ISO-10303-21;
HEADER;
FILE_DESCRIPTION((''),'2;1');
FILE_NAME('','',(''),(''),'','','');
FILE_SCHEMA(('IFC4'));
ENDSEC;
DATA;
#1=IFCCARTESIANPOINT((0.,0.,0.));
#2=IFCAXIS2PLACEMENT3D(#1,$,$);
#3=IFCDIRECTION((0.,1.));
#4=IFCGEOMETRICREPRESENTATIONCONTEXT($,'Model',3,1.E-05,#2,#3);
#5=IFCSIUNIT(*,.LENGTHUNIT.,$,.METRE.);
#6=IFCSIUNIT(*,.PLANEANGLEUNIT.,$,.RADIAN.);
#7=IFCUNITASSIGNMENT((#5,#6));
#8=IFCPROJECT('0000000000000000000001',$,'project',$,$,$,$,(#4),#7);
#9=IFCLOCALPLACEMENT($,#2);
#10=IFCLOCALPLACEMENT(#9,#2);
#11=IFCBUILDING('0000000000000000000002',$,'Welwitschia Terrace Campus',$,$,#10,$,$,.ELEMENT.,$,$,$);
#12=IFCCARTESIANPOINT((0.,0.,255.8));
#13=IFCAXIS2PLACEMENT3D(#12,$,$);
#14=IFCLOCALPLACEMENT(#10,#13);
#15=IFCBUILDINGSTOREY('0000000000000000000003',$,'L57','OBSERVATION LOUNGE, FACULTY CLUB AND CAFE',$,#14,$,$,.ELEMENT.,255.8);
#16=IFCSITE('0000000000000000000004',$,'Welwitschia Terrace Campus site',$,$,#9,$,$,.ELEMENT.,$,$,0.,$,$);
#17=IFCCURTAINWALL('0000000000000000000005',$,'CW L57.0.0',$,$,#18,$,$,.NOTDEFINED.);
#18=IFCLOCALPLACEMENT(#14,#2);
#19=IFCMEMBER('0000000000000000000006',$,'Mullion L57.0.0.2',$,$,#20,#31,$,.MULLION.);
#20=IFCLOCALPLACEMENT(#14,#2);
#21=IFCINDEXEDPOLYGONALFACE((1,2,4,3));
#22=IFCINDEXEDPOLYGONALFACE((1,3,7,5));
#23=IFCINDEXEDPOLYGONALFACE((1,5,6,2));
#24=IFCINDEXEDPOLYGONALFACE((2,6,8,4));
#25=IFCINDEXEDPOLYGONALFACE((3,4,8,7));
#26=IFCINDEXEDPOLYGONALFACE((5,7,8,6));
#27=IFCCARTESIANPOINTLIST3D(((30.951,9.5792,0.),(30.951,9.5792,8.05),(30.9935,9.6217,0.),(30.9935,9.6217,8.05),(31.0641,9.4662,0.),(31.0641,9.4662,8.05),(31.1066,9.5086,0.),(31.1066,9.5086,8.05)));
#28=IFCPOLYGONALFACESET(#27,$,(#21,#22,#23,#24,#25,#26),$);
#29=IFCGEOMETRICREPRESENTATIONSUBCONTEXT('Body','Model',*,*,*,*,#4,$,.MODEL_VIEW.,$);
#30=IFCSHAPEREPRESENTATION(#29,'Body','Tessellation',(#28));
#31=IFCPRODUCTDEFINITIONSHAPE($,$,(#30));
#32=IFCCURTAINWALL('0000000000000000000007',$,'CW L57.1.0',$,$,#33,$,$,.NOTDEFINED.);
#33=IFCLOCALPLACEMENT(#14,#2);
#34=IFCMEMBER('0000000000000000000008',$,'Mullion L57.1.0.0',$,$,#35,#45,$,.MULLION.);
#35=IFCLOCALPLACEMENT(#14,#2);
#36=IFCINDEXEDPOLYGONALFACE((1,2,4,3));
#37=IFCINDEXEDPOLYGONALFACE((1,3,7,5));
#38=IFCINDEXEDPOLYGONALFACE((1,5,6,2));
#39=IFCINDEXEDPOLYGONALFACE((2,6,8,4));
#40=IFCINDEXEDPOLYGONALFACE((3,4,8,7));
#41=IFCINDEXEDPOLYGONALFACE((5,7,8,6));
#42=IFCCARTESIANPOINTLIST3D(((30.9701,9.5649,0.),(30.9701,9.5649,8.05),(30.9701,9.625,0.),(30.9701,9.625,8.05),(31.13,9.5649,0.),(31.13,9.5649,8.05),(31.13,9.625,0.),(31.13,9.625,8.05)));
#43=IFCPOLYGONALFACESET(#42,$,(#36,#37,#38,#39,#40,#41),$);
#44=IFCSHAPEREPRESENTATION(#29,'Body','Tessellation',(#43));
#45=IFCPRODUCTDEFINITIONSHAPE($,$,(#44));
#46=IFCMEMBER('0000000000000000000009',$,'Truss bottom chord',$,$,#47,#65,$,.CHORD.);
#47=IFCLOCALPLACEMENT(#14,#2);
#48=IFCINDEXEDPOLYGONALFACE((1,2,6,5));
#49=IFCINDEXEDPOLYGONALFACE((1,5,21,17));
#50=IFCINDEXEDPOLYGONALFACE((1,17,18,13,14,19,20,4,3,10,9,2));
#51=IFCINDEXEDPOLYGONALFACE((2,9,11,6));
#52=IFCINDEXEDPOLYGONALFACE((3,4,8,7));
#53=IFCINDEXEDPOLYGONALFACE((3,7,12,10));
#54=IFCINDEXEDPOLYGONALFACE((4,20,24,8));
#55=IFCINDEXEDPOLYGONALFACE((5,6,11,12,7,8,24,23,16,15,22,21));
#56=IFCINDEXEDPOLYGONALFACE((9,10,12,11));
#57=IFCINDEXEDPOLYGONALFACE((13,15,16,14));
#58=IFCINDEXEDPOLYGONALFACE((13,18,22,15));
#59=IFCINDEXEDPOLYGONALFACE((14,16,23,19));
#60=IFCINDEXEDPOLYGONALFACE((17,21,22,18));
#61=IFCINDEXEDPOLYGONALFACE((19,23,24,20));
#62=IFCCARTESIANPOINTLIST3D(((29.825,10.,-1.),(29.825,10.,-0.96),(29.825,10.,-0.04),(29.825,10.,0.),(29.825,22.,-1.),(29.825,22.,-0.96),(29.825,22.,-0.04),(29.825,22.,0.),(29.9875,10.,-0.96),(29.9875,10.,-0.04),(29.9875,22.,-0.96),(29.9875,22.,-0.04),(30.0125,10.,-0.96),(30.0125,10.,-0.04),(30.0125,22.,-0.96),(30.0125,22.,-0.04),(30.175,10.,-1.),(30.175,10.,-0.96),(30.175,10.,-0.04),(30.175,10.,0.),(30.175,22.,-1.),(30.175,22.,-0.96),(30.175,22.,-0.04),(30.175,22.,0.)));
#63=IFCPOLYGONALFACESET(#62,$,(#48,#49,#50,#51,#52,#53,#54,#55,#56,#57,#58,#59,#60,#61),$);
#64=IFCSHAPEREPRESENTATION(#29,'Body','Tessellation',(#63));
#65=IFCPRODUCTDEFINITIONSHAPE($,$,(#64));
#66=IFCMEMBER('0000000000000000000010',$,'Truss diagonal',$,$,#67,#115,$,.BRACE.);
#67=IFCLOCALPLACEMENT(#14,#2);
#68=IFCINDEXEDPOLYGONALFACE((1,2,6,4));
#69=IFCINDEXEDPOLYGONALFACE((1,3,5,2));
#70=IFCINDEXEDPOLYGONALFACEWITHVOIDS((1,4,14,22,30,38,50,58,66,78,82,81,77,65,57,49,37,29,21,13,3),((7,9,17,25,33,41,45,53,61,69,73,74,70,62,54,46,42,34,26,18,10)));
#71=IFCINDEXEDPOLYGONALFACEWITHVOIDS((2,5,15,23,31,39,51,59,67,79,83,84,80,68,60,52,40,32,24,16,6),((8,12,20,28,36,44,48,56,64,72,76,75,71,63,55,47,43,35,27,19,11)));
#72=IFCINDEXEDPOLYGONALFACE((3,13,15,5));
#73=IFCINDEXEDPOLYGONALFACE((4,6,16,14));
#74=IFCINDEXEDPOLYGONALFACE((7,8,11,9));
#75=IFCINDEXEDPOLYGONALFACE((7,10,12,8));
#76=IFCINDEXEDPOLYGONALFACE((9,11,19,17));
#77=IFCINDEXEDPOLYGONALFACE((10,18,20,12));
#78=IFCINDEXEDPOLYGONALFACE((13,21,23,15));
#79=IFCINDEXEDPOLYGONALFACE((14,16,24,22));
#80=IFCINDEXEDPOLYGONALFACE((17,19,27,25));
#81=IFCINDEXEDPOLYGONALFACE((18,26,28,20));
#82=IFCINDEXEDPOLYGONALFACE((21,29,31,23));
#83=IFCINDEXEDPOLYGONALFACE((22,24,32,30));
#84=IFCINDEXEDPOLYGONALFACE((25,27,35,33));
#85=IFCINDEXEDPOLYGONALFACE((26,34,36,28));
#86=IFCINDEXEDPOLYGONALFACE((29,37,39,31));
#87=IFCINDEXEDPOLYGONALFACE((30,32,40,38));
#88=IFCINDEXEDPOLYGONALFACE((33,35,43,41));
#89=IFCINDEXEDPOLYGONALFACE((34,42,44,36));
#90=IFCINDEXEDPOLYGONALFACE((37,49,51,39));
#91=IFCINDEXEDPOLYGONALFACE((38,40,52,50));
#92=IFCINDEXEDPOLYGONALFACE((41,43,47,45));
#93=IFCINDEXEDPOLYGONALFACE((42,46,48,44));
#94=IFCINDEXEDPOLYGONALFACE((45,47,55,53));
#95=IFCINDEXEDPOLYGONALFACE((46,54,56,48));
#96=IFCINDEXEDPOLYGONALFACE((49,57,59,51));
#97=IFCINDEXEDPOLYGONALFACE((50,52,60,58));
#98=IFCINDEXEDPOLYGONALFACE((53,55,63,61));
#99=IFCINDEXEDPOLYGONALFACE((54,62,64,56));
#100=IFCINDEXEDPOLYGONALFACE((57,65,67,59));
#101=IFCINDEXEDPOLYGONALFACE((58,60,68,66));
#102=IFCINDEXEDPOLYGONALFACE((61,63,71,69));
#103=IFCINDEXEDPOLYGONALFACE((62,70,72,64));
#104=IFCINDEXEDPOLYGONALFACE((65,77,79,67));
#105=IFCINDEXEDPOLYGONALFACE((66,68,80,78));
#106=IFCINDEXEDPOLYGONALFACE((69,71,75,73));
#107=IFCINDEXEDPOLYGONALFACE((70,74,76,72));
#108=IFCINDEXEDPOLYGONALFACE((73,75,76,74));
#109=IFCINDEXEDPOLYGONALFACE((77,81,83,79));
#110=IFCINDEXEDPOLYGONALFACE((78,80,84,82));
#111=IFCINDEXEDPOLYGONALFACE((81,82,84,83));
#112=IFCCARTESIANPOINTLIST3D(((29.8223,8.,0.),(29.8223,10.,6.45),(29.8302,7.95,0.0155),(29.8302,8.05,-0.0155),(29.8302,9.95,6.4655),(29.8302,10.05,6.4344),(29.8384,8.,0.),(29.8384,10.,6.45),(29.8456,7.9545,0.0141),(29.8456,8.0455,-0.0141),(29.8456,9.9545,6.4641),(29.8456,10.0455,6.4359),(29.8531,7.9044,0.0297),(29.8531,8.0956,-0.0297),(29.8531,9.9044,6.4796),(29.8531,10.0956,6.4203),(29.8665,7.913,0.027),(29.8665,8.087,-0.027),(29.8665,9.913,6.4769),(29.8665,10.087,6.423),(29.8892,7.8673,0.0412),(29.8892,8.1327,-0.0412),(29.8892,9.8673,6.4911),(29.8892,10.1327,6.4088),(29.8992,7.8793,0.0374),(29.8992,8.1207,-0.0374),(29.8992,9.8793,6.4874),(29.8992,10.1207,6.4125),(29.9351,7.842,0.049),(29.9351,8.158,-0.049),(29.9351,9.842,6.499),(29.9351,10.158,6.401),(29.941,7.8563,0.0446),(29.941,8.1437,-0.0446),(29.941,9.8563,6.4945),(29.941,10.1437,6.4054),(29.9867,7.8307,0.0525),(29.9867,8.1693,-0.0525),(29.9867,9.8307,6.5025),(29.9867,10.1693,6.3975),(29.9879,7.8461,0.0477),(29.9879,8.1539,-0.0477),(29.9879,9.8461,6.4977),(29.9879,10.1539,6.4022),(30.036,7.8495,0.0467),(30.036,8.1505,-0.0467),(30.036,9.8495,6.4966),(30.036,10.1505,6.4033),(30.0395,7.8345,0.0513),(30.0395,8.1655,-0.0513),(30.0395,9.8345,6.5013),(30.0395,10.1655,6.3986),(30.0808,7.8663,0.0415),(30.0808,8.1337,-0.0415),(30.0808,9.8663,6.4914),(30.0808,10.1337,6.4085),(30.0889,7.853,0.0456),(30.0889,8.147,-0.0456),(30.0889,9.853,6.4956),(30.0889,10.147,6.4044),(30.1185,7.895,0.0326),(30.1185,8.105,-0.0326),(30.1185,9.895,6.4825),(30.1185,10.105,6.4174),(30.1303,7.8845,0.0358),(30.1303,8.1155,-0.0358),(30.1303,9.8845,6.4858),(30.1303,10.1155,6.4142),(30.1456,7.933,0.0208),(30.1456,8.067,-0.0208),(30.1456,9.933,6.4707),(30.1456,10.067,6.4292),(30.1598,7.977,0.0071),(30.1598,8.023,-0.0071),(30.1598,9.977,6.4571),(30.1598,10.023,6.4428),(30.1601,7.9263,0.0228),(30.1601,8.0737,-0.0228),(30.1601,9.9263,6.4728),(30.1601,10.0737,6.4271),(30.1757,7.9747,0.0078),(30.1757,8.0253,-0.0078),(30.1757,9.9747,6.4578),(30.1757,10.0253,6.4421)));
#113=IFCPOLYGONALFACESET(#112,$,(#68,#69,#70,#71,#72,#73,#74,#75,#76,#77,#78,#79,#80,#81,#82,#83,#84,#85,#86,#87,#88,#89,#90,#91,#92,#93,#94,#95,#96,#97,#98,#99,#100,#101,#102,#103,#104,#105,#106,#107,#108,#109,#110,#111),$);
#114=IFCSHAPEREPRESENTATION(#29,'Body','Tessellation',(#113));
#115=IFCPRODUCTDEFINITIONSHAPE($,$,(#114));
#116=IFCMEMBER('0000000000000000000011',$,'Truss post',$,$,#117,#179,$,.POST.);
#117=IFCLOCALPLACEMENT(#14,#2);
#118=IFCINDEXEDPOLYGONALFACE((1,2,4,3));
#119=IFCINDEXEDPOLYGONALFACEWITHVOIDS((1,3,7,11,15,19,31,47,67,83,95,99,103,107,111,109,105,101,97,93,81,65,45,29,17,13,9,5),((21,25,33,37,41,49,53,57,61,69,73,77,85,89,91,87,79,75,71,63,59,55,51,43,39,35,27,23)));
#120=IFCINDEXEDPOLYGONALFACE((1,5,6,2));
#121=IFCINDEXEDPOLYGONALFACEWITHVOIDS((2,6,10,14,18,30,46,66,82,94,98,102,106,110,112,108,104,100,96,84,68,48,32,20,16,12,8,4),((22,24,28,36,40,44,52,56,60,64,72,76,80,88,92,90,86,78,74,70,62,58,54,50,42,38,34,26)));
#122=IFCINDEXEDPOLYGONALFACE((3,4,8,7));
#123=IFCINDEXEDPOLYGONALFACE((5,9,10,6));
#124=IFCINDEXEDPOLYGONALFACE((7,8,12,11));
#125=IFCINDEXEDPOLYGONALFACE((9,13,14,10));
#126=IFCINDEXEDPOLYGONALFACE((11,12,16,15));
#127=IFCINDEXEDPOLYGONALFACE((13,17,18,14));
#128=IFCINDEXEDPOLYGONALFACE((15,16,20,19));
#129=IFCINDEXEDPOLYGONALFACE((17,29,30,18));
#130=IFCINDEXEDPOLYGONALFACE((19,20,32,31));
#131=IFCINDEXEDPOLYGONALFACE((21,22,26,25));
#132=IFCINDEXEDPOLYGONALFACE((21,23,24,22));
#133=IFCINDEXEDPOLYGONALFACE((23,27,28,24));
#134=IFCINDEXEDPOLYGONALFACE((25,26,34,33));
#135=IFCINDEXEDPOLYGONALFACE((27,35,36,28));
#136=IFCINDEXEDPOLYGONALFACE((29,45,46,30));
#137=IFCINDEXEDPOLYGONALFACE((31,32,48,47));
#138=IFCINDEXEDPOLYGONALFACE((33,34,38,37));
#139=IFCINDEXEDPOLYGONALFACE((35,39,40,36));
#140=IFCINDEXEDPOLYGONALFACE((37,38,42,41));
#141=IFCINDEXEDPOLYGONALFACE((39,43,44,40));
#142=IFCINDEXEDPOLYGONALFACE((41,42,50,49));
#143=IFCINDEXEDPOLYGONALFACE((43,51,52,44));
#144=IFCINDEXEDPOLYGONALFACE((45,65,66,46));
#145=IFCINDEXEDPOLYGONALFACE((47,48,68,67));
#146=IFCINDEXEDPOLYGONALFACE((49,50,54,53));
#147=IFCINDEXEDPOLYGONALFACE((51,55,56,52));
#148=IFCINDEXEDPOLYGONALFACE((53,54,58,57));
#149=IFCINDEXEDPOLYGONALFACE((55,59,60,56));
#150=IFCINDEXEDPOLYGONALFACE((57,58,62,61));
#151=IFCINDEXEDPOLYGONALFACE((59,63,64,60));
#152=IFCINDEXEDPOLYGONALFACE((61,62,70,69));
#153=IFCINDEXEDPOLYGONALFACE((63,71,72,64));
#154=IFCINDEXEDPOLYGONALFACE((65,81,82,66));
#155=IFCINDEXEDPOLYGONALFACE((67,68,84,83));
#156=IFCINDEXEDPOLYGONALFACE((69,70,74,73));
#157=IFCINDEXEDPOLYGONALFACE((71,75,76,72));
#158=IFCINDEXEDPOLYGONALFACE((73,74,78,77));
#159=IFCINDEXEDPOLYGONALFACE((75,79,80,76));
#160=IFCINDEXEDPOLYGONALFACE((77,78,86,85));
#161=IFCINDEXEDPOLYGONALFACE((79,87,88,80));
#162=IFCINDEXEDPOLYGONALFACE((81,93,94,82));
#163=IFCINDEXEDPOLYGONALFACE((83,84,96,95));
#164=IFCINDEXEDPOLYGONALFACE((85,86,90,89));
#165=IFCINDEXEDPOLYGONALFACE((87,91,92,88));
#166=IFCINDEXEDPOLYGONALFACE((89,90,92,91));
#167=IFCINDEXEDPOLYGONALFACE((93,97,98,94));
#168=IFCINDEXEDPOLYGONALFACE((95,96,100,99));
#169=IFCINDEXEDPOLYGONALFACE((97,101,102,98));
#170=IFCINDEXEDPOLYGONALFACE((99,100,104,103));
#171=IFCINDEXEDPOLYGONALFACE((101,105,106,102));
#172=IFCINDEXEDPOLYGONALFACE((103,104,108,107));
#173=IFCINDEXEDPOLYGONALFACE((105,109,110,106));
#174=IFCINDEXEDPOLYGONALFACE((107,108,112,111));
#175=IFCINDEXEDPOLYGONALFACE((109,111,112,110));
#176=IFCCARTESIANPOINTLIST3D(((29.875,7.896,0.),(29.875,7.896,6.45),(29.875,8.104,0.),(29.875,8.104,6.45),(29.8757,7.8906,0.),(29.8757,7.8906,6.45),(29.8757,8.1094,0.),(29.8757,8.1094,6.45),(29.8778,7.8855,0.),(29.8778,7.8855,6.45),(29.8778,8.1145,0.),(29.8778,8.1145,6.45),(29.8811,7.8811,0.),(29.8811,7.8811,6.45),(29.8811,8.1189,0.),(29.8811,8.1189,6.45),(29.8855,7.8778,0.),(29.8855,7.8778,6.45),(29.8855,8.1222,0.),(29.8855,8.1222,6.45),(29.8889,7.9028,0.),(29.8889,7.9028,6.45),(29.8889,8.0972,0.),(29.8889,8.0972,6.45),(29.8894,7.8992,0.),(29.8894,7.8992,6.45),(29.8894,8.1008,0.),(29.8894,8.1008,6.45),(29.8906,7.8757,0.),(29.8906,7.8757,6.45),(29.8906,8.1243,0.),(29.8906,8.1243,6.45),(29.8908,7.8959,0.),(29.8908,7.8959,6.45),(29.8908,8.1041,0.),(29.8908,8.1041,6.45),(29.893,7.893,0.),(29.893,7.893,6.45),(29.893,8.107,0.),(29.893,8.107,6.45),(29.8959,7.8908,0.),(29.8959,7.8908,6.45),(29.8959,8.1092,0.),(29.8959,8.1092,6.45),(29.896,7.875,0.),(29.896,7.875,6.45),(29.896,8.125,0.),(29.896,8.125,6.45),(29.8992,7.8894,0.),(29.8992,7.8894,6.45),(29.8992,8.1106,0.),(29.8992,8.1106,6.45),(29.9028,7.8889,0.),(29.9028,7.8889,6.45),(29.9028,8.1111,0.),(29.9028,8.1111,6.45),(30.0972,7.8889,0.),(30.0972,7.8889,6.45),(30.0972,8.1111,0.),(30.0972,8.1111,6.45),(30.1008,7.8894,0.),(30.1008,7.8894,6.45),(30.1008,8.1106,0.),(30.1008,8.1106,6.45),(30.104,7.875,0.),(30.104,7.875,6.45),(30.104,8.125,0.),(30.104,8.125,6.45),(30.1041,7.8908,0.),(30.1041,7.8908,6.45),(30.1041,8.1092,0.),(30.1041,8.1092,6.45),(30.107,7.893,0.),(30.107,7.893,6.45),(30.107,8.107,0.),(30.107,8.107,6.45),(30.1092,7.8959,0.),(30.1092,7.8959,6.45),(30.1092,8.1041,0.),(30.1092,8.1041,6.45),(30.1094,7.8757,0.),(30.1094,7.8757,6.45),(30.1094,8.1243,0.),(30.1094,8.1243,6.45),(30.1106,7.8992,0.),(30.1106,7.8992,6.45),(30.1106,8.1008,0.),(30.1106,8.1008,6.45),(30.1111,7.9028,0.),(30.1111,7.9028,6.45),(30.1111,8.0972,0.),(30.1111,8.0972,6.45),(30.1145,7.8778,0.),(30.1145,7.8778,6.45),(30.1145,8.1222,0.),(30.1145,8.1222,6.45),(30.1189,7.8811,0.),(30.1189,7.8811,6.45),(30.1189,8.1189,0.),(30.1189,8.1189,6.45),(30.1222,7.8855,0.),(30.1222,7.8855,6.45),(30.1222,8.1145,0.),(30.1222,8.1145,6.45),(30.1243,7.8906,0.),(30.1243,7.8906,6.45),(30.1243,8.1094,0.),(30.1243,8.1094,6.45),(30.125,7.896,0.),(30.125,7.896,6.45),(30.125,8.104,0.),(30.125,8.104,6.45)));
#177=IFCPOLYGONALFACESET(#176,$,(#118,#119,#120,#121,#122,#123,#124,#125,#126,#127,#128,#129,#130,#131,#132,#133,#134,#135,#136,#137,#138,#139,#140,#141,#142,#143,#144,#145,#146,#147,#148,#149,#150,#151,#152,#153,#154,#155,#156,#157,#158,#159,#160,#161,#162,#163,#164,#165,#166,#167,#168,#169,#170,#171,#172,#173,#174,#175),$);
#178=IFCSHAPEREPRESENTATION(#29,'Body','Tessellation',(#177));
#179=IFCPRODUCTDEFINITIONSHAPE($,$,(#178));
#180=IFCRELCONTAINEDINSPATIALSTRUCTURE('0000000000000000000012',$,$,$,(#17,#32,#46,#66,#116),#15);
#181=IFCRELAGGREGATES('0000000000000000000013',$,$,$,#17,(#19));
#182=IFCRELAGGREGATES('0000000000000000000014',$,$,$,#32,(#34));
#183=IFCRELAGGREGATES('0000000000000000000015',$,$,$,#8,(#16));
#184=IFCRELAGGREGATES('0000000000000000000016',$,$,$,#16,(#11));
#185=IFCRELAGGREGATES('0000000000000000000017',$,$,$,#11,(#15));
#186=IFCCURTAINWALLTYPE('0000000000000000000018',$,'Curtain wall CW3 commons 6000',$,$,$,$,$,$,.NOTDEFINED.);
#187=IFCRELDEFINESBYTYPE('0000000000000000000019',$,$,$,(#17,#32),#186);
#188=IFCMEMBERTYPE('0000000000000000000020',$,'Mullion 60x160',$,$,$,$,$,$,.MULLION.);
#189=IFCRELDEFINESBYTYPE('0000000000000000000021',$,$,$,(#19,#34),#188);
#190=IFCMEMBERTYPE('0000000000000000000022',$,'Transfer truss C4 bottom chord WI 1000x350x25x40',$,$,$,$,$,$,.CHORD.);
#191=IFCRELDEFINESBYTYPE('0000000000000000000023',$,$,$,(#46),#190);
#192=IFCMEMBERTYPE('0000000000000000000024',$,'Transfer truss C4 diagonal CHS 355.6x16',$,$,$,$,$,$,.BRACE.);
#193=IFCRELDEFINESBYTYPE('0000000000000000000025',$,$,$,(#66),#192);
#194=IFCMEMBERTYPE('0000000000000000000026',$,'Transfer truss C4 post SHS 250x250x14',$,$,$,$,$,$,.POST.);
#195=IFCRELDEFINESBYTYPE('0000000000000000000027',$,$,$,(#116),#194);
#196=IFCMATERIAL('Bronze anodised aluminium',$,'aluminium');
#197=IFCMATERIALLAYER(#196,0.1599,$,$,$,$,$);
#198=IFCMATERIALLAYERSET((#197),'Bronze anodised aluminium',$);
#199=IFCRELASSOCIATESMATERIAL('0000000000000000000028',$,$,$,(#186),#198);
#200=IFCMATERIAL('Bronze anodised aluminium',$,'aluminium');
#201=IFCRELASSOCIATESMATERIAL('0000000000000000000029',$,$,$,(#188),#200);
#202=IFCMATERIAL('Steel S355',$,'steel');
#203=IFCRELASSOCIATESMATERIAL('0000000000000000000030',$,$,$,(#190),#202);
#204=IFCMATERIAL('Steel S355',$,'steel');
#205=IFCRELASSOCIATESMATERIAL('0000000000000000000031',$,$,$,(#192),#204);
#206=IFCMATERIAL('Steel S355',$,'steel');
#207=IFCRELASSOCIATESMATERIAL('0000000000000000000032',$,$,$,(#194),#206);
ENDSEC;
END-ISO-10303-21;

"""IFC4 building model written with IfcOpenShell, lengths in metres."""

from ifc_helpers import new_model, si_unit, direction, frame, origin, origin_2d, place, context, subcontext, project, spatial, rectangle, hollow_rectangle, hollow_circle, i_section, extrude, material, layer, layer_set, material_profile, profile_set, type_object, element, aggregate, save


model = new_model("IFC4")

# Units and contexts
model_context = context("Model", 3, precision=1e-05, world=origin(), true_north=direction((0.0, 1.0)))
body_context = subcontext(model_context, "Body", "Model", "MODEL_VIEW")
ifc_project = project(units=[si_unit("LENGTHUNIT", "METRE"), si_unit("PLANEANGLEUNIT", "RADIAN")], contexts=[model_context])

# Site, building, storey
site_placement = place(None, origin())
site = spatial("IfcSite", under=ifc_project, at=site_placement, Name="Welwitschia Terrace Campus site", CompositionType="ELEMENT", RefElevation=0.0)
building_placement = place(site_placement, origin())
building = spatial("IfcBuilding", under=site, at=building_placement, Name="Welwitschia Terrace Campus", CompositionType="ELEMENT")
storey_placement = place(building_placement, frame((0.0, 0.0, 255.8)))
storey = spatial("IfcBuildingStorey", under=building, at=storey_placement, Name="L57", Description="OBSERVATION LOUNGE, FACULTY CLUB AND CAFE", CompositionType="ELEMENT", Elevation=255.8)

# Curtain walls, members
ifc_material_1 = material(Name="Bronze anodised aluminium", Category="aluminium")
ifc_layer_1 = layer(ifc_material_1, 0.1599)
ifc_layer_set_1 = layer_set([ifc_layer_1], Name="Bronze anodised aluminium")
curtain_wall_type = type_object("IfcCurtainWallType", Name="Curtain wall CW3 commons 6000", PredefinedType="NOTDEFINED", material=ifc_layer_set_1)
curtain_wall_1_placement = place(storey_placement, origin())
curtain_wall_1 = element("IfcCurtainWall", 1, at=curtain_wall_1_placement, inside=storey, type_object=curtain_wall_type, Name="CW L57.0.0", PredefinedType="NOTDEFINED")
ifc_material_2 = material(Name="Bronze anodised aluminium", Category="aluminium")
ifc_material_profile_1 = material_profile(ifc_material_2, rectangle(XDim=0.1599, YDim=0.0601, at=origin_2d()))
ifc_profile_set_1 = profile_set([ifc_material_profile_1], Name="Bronze anodised aluminium")
member_type_1 = type_object("IfcMemberType", Name="Mullion 60x160", PredefinedType="MULLION", material=ifc_profile_set_1)
member_1_placement = place(storey_placement, frame((31.0288, 9.5439, 0.0), z_axis=(0.0, 0.0, 1.0), x_axis=(-0.707107, 0.707107, 0.0)))
member_1 = element("IfcMember", 2, at=member_1_placement, type_object=member_type_1, Name="Mullion L57.0.0.2", PredefinedType="MULLION", context=body_context, shape_type="SweptSolid", body=[
    extrude(rectangle(XDim=0.1599, YDim=0.0601, at=origin_2d()), origin(), (0.0, 0.0, 1.0), 8.05),
])
curtain_wall_2_placement = place(storey_placement, origin())
curtain_wall_2 = element("IfcCurtainWall", 3, at=curtain_wall_2_placement, inside=storey, type_object=curtain_wall_type, Name="CW L57.1.0", PredefinedType="NOTDEFINED")
member_2_placement = place(storey_placement, frame((31.05, 9.595, 0.0), z_axis=(0.0, 0.0, 1.0), x_axis=(-1.0, 0.0, 0.0)))
member_2 = element("IfcMember", 4, at=member_2_placement, type_object=member_type_1, Name="Mullion L57.1.0.0", PredefinedType="MULLION", context=body_context, shape_type="SweptSolid", body=[
    extrude(rectangle(XDim=0.1599, YDim=0.0601, at=origin_2d()), origin(), (0.0, 0.0, 1.0), 8.05),
])

# Members
ifc_material_3 = material(Name="Steel S355", Category="steel")
ifc_material_profile_2 = material_profile(ifc_material_3, i_section(OverallWidth=0.3501, OverallDepth=1.0, WebThickness=0.0249, FlangeThickness=0.04, at=origin_2d()))
ifc_profile_set_2 = profile_set([ifc_material_profile_2], Name="Steel S355")
member_type_2 = type_object("IfcMemberType", Name="Transfer truss C4 bottom chord WI 1000x350x25x40", PredefinedType="CHORD", material=ifc_profile_set_2)
member_3_placement = place(storey_placement, frame((30.0, 10.0, -0.5), z_axis=(0.0, 1.0, 0.0), x_axis=(-1.0, 0.0, 0.0)))
element("IfcMember", 5, at=member_3_placement, inside=storey, type_object=member_type_2, Name="Truss bottom chord", PredefinedType="CHORD", context=body_context, shape_type="SweptSolid", body=[
    extrude(i_section(OverallWidth=0.3501, OverallDepth=1.0, WebThickness=0.0249, FlangeThickness=0.04, at=origin_2d()), origin(), (0.0, 0.0, 1.0), 12.0),
])
ifc_material_4 = material(Name="Steel S355", Category="steel")
ifc_material_profile_3 = material_profile(ifc_material_4, hollow_circle(Radius=0.1777, WallThickness=0.0161, at=origin_2d()))
ifc_profile_set_3 = profile_set([ifc_material_profile_3], Name="Steel S355")
member_type_3 = type_object("IfcMemberType", Name="Transfer truss C4 diagonal CHS 355.6x16", PredefinedType="BRACE", material=ifc_profile_set_3)
member_4_placement = place(storey_placement, frame((30.0, 8.0, 0.0), z_axis=(0.0, 0.296168, 0.955136), x_axis=(-1.0, 0.0, 0.0)))
element("IfcMember", 6, at=member_4_placement, inside=storey, type_object=member_type_3, Name="Truss diagonal", PredefinedType="BRACE", context=body_context, shape_type="SweptSolid", body=[
    extrude(hollow_circle(Radius=0.1777, WallThickness=0.0161, at=origin_2d()), origin(), (0.0, 0.0, 1.0), 6.7529),
])
ifc_material_5 = material(Name="Steel S355", Category="steel")
ifc_material_profile_4 = material_profile(ifc_material_5, hollow_rectangle(XDim=0.25, YDim=0.25, WallThickness=0.0139, InnerFilletRadius=0.0139, OuterFilletRadius=0.021, at=origin_2d()))
ifc_profile_set_4 = profile_set([ifc_material_profile_4], Name="Steel S355")
member_type_4 = type_object("IfcMemberType", Name="Transfer truss C4 post SHS 250x250x14", PredefinedType="POST", material=ifc_profile_set_4)
for number, where, z_axis, x_axis, name in (
    (7, (30.0, 8.0, 0.0), (0.0, 0.0, 1.0), (1.0, 0.0, 0.0), "Truss post"),
):
    element("IfcMember", number, at=place(storey_placement, frame(where, z_axis=z_axis, x_axis=x_axis)), inside=storey, type_object=member_type_4, Name=name, PredefinedType="POST", context=body_context, shape_type="SweptSolid", body=[
        extrude(hollow_rectangle(XDim=0.25, YDim=0.25, WallThickness=0.0139, InnerFilletRadius=0.0139, OuterFilletRadius=0.021, at=origin_2d()), origin(), (0.0, 0.0, 1.0), 6.45),
    ])

aggregate(curtain_wall_1, [member_1])
aggregate(curtain_wall_2, [member_2])

save(model, "model.ifc")
